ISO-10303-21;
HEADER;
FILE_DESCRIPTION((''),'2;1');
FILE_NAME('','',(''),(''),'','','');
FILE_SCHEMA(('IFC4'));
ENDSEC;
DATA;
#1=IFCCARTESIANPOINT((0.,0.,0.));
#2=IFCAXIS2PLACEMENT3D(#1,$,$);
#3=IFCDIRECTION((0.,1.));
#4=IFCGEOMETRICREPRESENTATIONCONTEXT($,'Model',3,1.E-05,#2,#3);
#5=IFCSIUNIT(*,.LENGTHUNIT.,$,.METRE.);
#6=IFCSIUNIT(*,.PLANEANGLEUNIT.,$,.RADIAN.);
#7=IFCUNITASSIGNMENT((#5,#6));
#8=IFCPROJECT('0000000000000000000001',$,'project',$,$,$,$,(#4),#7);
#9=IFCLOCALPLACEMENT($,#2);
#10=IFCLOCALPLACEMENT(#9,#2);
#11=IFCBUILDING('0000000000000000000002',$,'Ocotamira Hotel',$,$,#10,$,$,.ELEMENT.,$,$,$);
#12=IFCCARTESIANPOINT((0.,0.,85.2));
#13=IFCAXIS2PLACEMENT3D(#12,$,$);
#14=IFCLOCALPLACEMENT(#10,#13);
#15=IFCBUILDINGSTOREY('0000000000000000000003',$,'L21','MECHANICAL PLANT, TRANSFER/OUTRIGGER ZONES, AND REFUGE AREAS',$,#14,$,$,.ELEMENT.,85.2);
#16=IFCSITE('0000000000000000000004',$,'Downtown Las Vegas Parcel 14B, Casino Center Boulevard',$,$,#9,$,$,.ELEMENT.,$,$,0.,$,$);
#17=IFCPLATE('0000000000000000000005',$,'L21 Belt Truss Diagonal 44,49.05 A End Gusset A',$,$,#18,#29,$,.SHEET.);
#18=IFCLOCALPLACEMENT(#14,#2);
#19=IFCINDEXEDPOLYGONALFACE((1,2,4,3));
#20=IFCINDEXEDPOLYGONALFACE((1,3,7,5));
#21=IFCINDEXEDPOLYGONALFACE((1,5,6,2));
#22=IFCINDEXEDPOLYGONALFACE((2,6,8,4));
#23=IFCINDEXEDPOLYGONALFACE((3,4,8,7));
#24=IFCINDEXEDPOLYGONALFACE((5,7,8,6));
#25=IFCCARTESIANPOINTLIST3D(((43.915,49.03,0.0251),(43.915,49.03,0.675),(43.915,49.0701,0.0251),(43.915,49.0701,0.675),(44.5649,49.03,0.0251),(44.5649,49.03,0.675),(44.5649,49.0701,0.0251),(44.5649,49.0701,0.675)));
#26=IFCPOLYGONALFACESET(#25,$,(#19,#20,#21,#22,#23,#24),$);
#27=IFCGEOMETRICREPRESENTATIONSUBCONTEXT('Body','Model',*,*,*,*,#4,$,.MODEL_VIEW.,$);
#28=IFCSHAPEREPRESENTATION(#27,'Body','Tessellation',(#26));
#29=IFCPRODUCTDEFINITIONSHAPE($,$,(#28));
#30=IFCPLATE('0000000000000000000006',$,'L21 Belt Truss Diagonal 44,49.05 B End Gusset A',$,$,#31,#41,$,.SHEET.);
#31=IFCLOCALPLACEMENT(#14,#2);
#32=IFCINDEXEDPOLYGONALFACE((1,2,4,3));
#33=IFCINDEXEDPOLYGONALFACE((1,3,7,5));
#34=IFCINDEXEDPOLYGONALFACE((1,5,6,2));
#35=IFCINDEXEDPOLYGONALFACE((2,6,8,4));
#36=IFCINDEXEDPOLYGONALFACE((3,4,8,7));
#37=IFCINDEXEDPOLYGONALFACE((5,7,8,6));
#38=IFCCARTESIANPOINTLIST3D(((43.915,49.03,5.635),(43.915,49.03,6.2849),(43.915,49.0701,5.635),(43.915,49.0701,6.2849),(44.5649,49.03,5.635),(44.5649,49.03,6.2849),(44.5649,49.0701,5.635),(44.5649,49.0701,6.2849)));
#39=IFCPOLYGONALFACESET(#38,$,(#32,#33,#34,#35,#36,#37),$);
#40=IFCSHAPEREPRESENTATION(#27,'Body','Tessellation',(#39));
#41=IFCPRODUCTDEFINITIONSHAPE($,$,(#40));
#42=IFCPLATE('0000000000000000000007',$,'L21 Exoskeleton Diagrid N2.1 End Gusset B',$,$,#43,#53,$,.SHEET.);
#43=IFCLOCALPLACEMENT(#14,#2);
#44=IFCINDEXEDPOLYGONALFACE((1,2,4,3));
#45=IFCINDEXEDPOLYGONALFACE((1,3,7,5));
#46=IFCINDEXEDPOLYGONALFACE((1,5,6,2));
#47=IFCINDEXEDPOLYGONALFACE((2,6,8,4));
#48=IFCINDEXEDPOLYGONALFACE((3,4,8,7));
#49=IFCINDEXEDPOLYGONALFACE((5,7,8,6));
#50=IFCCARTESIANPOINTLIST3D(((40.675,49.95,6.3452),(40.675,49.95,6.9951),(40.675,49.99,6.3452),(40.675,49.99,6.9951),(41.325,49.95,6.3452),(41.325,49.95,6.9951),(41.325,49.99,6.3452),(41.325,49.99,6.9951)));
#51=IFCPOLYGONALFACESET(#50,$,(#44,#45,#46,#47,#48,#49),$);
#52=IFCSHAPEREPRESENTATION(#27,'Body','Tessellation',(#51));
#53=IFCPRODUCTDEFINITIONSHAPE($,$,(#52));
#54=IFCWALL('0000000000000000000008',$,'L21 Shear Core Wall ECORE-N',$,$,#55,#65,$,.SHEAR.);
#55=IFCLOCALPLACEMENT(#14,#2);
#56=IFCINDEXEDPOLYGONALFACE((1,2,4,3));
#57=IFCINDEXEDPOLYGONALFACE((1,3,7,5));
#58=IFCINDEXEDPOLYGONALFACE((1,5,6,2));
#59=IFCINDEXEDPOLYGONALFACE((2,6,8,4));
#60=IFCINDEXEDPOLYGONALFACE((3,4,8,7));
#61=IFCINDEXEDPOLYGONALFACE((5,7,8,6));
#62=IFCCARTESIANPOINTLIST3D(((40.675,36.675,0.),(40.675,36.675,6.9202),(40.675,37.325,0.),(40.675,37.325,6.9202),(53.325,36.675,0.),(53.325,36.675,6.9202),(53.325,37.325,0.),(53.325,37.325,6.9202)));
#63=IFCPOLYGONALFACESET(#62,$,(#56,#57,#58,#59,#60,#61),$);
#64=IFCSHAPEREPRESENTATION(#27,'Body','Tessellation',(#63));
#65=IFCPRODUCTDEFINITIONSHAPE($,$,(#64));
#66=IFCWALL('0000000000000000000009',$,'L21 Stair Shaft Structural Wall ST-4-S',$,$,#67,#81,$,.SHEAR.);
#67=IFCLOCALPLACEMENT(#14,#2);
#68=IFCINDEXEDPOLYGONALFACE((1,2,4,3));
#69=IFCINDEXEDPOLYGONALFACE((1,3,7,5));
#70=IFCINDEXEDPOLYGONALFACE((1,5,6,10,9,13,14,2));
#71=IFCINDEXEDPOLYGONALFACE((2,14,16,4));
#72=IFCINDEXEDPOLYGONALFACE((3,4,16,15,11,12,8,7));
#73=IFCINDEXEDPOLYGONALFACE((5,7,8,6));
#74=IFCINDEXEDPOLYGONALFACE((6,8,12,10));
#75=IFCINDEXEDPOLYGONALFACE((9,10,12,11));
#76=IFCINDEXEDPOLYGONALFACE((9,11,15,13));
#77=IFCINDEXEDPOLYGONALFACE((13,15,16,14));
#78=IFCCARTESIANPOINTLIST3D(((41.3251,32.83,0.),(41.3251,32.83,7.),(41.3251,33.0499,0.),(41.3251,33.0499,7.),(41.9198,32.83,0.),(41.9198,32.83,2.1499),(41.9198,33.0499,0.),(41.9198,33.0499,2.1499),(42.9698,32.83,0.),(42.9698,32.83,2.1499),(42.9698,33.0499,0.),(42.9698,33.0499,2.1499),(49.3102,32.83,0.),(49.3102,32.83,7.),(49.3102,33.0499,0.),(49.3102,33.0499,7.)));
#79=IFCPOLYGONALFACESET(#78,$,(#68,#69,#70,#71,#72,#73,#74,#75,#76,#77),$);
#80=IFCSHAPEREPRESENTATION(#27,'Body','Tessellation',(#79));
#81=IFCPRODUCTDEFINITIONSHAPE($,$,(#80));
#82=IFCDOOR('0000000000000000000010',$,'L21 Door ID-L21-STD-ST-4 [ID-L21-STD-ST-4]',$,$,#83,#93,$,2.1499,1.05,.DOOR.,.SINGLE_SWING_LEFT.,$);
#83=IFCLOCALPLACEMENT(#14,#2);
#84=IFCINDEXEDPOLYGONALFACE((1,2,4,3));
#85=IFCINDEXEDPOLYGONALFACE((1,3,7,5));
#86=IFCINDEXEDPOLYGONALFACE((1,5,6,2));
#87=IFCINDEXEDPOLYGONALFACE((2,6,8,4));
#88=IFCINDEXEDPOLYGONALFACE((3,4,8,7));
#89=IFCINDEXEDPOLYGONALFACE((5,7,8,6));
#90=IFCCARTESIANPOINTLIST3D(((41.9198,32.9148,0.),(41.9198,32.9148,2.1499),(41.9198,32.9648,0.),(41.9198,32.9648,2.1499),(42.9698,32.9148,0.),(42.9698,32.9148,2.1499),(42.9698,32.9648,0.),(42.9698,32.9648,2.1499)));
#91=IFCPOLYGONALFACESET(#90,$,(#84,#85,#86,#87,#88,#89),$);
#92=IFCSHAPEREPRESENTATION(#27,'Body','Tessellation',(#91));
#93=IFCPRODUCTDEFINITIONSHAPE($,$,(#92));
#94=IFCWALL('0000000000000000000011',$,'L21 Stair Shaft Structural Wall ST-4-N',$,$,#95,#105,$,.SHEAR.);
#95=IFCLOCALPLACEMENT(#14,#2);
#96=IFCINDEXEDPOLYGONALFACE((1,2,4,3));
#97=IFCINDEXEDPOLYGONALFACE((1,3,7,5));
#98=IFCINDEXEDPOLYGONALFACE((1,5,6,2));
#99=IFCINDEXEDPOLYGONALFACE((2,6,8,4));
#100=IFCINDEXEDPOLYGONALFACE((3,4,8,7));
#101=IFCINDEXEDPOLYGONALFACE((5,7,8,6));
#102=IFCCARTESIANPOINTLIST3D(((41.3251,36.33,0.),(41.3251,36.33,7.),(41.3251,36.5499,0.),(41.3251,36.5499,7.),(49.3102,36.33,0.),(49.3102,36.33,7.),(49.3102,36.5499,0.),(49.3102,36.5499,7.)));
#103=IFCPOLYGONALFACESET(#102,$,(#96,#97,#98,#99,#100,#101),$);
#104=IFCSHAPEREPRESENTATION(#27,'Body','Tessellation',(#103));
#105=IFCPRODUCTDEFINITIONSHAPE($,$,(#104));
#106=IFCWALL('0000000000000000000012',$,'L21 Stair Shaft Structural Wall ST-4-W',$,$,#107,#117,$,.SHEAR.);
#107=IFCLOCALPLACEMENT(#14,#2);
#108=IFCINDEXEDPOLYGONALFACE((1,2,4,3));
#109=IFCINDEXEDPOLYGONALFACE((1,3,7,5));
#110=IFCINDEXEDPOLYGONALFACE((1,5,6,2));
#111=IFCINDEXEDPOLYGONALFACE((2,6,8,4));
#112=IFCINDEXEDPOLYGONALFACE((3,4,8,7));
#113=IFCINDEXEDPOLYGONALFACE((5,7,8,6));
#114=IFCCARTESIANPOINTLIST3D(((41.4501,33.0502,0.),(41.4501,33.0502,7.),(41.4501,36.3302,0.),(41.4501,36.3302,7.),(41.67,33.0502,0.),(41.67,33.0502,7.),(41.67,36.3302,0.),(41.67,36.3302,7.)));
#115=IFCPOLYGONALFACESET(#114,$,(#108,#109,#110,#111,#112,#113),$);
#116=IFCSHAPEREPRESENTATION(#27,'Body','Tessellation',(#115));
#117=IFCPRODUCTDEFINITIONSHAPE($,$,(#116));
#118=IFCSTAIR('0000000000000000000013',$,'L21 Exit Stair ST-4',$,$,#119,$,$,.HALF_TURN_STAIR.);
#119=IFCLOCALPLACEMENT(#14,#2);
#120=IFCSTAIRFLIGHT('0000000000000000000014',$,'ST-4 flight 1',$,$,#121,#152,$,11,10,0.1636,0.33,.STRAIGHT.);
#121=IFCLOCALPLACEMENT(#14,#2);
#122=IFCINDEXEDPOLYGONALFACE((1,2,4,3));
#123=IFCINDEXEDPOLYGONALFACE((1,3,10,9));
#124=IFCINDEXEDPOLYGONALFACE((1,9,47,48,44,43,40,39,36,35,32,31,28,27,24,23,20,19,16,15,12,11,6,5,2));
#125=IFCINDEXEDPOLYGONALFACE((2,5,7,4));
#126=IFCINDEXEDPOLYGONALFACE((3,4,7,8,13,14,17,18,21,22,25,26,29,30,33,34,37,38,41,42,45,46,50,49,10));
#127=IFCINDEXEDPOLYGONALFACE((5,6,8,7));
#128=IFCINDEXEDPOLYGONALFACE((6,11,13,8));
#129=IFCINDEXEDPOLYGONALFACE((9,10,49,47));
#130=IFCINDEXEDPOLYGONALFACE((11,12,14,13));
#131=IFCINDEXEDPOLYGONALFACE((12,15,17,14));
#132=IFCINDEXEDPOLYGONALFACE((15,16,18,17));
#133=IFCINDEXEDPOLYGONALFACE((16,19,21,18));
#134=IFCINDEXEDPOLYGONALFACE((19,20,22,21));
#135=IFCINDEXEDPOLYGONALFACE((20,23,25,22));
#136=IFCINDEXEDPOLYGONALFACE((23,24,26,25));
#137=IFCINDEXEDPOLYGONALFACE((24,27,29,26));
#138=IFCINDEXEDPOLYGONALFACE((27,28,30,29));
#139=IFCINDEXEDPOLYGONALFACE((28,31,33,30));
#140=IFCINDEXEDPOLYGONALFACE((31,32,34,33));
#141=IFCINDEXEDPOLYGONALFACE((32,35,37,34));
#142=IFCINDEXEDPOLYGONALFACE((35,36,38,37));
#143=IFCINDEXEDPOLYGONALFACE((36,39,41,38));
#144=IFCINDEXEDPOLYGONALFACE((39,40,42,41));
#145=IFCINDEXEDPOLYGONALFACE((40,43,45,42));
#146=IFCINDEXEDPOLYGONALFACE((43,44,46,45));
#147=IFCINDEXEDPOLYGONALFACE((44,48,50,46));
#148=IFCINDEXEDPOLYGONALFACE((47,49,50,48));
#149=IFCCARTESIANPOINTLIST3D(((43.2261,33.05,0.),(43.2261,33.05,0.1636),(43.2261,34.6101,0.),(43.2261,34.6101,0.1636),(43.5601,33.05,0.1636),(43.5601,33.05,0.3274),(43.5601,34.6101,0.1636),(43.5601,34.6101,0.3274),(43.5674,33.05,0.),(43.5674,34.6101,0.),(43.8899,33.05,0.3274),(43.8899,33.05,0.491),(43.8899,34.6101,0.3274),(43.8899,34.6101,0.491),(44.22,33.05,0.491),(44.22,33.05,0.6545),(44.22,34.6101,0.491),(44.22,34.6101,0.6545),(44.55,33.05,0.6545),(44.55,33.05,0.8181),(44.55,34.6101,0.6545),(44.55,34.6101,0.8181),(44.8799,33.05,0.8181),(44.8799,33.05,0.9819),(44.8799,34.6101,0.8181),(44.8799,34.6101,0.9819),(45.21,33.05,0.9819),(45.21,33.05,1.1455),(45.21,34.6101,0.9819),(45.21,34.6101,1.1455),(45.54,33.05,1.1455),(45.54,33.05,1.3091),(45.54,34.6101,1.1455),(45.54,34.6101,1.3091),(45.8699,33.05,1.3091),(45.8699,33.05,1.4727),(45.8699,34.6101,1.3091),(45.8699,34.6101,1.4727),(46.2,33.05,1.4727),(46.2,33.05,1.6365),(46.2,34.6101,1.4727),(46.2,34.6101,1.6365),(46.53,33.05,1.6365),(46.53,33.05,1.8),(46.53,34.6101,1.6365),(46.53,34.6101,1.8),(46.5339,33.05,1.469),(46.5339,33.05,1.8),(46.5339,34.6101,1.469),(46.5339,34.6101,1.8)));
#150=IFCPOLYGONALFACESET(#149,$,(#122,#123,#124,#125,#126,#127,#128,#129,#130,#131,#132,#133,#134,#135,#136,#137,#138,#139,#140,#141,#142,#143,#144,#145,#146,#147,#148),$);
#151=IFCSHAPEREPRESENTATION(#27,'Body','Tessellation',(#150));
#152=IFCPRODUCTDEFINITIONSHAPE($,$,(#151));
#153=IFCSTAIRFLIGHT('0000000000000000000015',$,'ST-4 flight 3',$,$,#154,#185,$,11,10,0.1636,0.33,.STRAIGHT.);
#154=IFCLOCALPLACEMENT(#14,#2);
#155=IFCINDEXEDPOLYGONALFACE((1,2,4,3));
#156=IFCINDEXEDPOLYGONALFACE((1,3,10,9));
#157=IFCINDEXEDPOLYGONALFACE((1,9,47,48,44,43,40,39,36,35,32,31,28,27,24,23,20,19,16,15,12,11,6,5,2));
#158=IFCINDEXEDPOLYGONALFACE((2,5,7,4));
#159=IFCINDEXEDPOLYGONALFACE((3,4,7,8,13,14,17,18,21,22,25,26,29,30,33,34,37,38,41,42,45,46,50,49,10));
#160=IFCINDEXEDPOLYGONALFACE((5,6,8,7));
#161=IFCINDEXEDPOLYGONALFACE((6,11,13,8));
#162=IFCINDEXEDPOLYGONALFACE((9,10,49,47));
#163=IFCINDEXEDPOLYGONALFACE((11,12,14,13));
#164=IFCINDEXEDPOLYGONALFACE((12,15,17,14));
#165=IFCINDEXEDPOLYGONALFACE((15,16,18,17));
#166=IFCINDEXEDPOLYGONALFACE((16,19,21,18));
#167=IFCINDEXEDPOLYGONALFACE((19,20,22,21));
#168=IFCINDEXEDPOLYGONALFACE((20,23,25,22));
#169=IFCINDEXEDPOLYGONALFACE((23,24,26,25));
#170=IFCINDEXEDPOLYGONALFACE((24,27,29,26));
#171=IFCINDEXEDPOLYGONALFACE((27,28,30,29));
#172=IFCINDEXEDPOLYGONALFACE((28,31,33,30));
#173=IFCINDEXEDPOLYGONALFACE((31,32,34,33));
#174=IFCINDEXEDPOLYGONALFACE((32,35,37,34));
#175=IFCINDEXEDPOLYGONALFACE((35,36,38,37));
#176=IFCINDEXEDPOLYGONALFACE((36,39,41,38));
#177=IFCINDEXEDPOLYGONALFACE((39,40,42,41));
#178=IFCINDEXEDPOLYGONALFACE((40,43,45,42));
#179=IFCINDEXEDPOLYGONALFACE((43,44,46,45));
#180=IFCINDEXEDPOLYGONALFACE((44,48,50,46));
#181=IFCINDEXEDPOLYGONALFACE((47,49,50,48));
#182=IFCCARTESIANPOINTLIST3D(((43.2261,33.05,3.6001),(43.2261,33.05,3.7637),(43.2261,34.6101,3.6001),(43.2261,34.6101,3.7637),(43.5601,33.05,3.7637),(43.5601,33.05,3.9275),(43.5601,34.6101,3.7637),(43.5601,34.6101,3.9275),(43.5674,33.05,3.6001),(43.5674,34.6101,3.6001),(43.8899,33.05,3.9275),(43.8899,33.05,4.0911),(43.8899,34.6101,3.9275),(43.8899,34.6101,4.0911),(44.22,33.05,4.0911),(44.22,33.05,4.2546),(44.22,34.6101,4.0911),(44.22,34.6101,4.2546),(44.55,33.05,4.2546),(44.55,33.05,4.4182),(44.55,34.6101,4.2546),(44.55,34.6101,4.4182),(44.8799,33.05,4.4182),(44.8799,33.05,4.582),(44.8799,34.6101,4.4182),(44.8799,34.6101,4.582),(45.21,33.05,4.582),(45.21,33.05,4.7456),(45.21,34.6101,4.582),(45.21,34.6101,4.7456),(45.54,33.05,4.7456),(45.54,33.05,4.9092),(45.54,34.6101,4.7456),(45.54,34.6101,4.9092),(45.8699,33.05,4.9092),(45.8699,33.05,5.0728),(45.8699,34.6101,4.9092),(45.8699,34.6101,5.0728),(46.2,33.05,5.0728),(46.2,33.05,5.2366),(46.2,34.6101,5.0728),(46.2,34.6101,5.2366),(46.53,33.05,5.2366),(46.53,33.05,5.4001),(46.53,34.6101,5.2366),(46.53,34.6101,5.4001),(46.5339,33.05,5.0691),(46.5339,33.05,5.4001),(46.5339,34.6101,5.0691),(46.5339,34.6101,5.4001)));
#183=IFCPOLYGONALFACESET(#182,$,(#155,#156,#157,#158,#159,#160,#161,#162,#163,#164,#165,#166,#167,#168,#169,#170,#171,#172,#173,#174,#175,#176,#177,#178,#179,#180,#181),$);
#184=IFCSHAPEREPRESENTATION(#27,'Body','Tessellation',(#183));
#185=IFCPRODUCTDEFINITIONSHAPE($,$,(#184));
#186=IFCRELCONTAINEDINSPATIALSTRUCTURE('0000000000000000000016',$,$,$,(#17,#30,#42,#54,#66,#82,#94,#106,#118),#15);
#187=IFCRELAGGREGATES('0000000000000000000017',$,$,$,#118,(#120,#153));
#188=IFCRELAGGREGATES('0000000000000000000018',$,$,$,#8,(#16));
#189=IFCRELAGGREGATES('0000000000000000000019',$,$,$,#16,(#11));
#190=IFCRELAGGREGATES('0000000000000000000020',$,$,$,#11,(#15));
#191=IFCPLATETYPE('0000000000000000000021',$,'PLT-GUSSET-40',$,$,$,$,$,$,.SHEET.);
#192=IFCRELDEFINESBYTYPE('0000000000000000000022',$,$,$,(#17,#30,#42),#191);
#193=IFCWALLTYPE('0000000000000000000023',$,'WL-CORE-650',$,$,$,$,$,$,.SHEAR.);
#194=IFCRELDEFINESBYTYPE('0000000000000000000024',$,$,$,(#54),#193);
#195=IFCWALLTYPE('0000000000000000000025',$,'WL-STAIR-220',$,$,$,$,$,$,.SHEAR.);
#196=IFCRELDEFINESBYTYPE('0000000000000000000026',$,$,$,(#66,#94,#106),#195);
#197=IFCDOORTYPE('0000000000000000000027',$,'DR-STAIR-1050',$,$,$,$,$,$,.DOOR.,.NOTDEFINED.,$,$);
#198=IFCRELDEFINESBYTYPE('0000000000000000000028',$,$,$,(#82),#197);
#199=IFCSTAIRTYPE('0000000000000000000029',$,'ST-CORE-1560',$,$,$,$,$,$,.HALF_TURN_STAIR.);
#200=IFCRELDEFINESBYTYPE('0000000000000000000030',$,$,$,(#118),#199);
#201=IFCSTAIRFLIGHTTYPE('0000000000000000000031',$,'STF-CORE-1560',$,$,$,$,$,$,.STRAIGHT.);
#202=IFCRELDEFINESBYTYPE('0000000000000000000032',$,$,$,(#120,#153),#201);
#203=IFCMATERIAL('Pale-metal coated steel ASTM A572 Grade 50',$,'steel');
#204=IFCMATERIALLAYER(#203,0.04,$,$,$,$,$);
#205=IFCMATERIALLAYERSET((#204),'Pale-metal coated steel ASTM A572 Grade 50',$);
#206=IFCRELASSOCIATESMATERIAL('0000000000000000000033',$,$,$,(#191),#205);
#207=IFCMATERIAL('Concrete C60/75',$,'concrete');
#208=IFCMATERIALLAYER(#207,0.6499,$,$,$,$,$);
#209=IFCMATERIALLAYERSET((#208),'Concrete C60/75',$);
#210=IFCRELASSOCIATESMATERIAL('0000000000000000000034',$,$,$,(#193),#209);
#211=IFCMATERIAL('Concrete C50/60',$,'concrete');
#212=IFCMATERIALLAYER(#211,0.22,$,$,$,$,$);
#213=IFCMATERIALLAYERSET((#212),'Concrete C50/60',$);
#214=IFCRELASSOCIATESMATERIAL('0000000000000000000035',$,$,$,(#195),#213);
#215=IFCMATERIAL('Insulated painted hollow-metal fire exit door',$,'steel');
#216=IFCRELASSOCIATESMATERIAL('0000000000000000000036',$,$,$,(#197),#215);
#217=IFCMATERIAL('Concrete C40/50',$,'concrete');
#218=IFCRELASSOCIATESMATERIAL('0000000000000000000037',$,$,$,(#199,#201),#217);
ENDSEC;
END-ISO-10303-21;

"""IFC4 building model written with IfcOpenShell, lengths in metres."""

from ifc_helpers import new_model, si_unit, direction, frame, frame_2d, origin, origin_2d, place, context, subcontext, project, spatial, polyline, rectangle, outline, extrude, source, transform, mapped, material, layer, layer_set, type_object, element, fill, aggregate, save


model = new_model("IFC4")

# Units and contexts
model_context = context("Model", 3, precision=1e-05, world=origin(), true_north=direction((0.0, 1.0)))
body_context = subcontext(model_context, "Body", "Model", "MODEL_VIEW")
ifc_project = project(units=[si_unit("LENGTHUNIT", "METRE"), si_unit("PLANEANGLEUNIT", "RADIAN")], contexts=[model_context])

# Site, building, storey
site_placement = place(None, origin())
site = spatial("IfcSite", under=ifc_project, at=site_placement, Name="Downtown Las Vegas Parcel 14B, Casino Center Boulevard", CompositionType="ELEMENT", RefElevation=0.0)
building_placement = place(site_placement, origin())
building = spatial("IfcBuilding", under=site, at=building_placement, Name="Ocotamira Hotel", CompositionType="ELEMENT")
storey_placement = place(building_placement, frame((0.0, 0.0, 85.2)))
storey = spatial("IfcBuildingStorey", under=building, at=storey_placement, Name="L21", Description="MECHANICAL PLANT, TRANSFER/OUTRIGGER ZONES, AND REFUGE AREAS", CompositionType="ELEMENT", Elevation=85.2)

# Shared definitions
ifc_material_1 = material(Name="Concrete C60/75", Category="concrete")

# Plates
ifc_material_2 = material(Name="Pale-metal coated steel ASTM A572 Grade 50", Category="steel")
ifc_layer_1 = layer(ifc_material_2, 0.04)
ifc_layer_set_1 = layer_set([ifc_layer_1], Name="Pale-metal coated steel ASTM A572 Grade 50")
plate_type = type_object("IfcPlateType", Name="PLT-GUSSET-40", PredefinedType="SHEET", material=ifc_layer_set_1)
shared_shape_1 = source(origin(), body_context, "Body", "SweptSolid", [
    extrude(rectangle(XDim=0.6499, YDim=0.04, at=origin_2d()), origin(), (0.0, 0.0, 1.0), 0.6499),
])
for number, where, z_axis, x_axis, name in (
    (1, (44.24, 49.05, 0.0251), (0.0, 0.0, 1.0), (1.0, 0.0, 0.0), "L21 Belt Truss Diagonal 44,49.05 A End Gusset A"),
    (2, (44.24, 49.05, 5.635), (0.0, 0.0, 1.0), (1.0, 0.0, 0.0), "L21 Belt Truss Diagonal 44,49.05 B End Gusset A"),
    (3, (41.0, 49.97, 6.3452), (0.0, 0.0, 1.0), (1.0, 0.0, 0.0), "L21 Exoskeleton Diagrid N2.1 End Gusset B"),
):
    element("IfcPlate", number, at=place(storey_placement, frame(where, z_axis=z_axis, x_axis=x_axis)), inside=storey, type_object=plate_type, Name=name, PredefinedType="SHEET", context=body_context, shape_type="MappedRepresentation", body=[
        mapped(shared_shape_1, transform((0.0, 0.0, 0.0), scale=1.0)),
    ])

# Wall
ifc_layer_2 = layer(ifc_material_1, 0.6499)
ifc_layer_set_2 = layer_set([ifc_layer_2], Name="Concrete C60/75")
wall_type_1 = type_object("IfcWallType", Name="WL-CORE-650", PredefinedType="SHEAR", material=ifc_layer_set_2)
wall_1_placement = place(storey_placement, frame((40.675, 37.0, 0.0), z_axis=(0.0, 0.0, 1.0), x_axis=(1.0, 0.0, 0.0)))
element("IfcWall", 4, at=wall_1_placement, inside=storey, type_object=wall_type_1, Name="L21 Shear Core Wall ECORE-N", PredefinedType="SHEAR", context=body_context, shape_type="SweptSolid", body=[
    extrude(rectangle(XDim=12.6499, YDim=0.6499, at=frame_2d((6.325, 0.0))), origin(), (0.0, 0.0, 1.0), 6.9202),
])

# Wall, opening, door
ifc_material_3 = material(Name="Concrete C50/60", Category="concrete")
ifc_layer_3 = layer(ifc_material_3, 0.22)
ifc_layer_set_3 = layer_set([ifc_layer_3], Name="Concrete C50/60")
wall_type_2 = type_object("IfcWallType", Name="WL-STAIR-220", PredefinedType="SHEAR", material=ifc_layer_set_3)
wall_2_placement = place(storey_placement, frame((41.325, 32.9399, 0.0), z_axis=(0.0, 0.0, 1.0), x_axis=(1.0, 0.0, 0.0)))
wall_2 = element("IfcWall", 5, at=wall_2_placement, inside=storey, type_object=wall_type_2, Name="L21 Stair Shaft Structural Wall ST-4-S", PredefinedType="SHEAR", context=body_context, shape_type="SweptSolid", body=[
    extrude(rectangle(XDim=7.9851, YDim=0.22, at=frame_2d((3.9927, 0.0))), origin(), (0.0, 0.0, 1.0), 7.0),
])
opening_placement = place(wall_2_placement, frame((0.595, 0.0, 0.0)))
opening = element("IfcOpeningElement", 6, at=opening_placement, cuts=wall_2, PredefinedType="OPENING", context=body_context, shape_type="SweptSolid", body=[
    extrude(rectangle(XDim=1.05, YDim=2.1499, at=frame_2d((0.5249, 1.075))), frame((0.0, 0.1201, 0.0), z_axis=(0.0, -1.0, 0.0), x_axis=(1.0, 0.0, 0.0)), (0.0, 0.0, 1.0), 0.24),
])
ifc_material_4 = material(Name="Insulated painted hollow-metal fire exit door", Category="steel")
door_type = type_object("IfcDoorType", Name="DR-STAIR-1050", OperationType="NOTDEFINED", PredefinedType="DOOR", material=ifc_material_4)
shared_shape_2 = source(origin(), body_context, "Body", "SweptSolid", [
    extrude(rectangle(XDim=1.05, YDim=2.1499, at=frame_2d((0.5249, 1.075))), frame((0.0, 0.0249, 0.0), z_axis=(0.0, -1.0, 0.0), x_axis=(1.0, 0.0, 0.0)), (0.0, 0.0, 1.0), 0.05),
])
door_placement = place(opening_placement, origin())
door = element("IfcDoor", 7, at=door_placement, inside=storey, type_object=door_type, Name="L21 Door ID-L21-STD-ST-4 [ID-L21-STD-ST-4]", OperationType="SINGLE_SWING_LEFT", OverallHeight=2.1499, OverallWidth=1.05, PredefinedType="DOOR", context=body_context, shape_type="MappedRepresentation", body=[
    mapped(shared_shape_2, transform((0.0, 0.0, 0.0), scale=1.0)),
])
fill(opening, door)

# Walls
wall_3_placement = place(storey_placement, frame((41.325, 36.4399, 0.0), z_axis=(0.0, 0.0, 1.0), x_axis=(1.0, 0.0, 0.0)))
element("IfcWall", 8, at=wall_3_placement, inside=storey, type_object=wall_type_2, Name="L21 Stair Shaft Structural Wall ST-4-N", PredefinedType="SHEAR", context=body_context, shape_type="SweptSolid", body=[
    extrude(rectangle(XDim=7.9851, YDim=0.22, at=frame_2d((3.9927, 0.0))), origin(), (0.0, 0.0, 1.0), 7.0),
])
wall_4_placement = place(storey_placement, frame((41.5601, 33.05, 0.0), z_axis=(0.0, 0.0, 1.0), x_axis=(0.0, 1.0, 0.0)))
element("IfcWall", 9, at=wall_4_placement, inside=storey, type_object=wall_type_2, Name="L21 Stair Shaft Structural Wall ST-4-W", PredefinedType="SHEAR", context=body_context, shape_type="SweptSolid", body=[
    extrude(rectangle(XDim=3.28, YDim=0.22, at=frame_2d((1.6401, 0.0))), origin(), (0.0, 0.0, 1.0), 7.0),
])

# Stair, stair flights
ifc_material_5 = material(Name="Concrete C40/50", Category="concrete")
stair_type = type_object("IfcStairType", Name="ST-CORE-1560", PredefinedType="HALF_TURN_STAIR", material=ifc_material_5)
stair_placement = place(storey_placement, origin())
stair = element("IfcStair", 10, at=stair_placement, inside=storey, type_object=stair_type, Name="L21 Exit Stair ST-4", PredefinedType="HALF_TURN_STAIR")
stair_flight_type = type_object("IfcStairFlightType", Name="STF-CORE-1560", PredefinedType="STRAIGHT", material=ifc_material_5)
shared_shape_3 = source(origin(), body_context, "Body", "SweptSolid", [
    extrude(outline(polyline([(-0.0039, 0.0), (-0.0039, 0.1636), (0.3301, 0.1636), (0.3301, 0.3274), (0.6599, 0.3274), (0.6599, 0.491), (0.99, 0.491), (0.99, 0.6545), (1.3201, 0.6545), (1.3201, 0.8181), (1.6499, 0.8181), (1.6499, 0.9819), (1.98, 0.9819), (1.98, 1.1455), (2.3101, 1.1455), (2.3101, 1.3091), (2.6399, 1.3091), (2.6399, 1.4727), (2.97, 1.4727), (2.97, 1.6365), (3.3, 1.6365), (3.3, 1.8), (3.304, 1.8), (3.304, 1.469), (0.3374, 0.0), (-0.0039, 0.0)])), frame((0.0, 0.78, 0.0), z_axis=(0.0, -1.0, 0.0), x_axis=(1.0, 0.0, 0.0)), (0.0, 0.0, 1.0), 1.5601),
])
stair_flight_1_placement = place(storey_placement, frame((43.23, 33.8301, 0.0), z_axis=(0.0, 0.0, 1.0), x_axis=(1.0, 0.0, 0.0)))
stair_flight_1 = element("IfcStairFlight", 11, at=stair_flight_1_placement, type_object=stair_flight_type, Name="ST-4 flight 1", NumberOfRisers=11, NumberOfTreads=10, PredefinedType="STRAIGHT", RiserHeight=0.1636, TreadLength=0.33, context=body_context, shape_type="MappedRepresentation", body=[
    mapped(shared_shape_3, transform((0.0, 0.0, 0.0), scale=1.0)),
])
stair_flight_2_placement = place(storey_placement, frame((43.23, 33.8301, 3.6001), z_axis=(0.0, 0.0, 1.0), x_axis=(1.0, 0.0, 0.0)))
stair_flight_2 = element("IfcStairFlight", 12, at=stair_flight_2_placement, type_object=stair_flight_type, Name="ST-4 flight 3", NumberOfRisers=11, NumberOfTreads=10, PredefinedType="STRAIGHT", RiserHeight=0.1636, TreadLength=0.33, context=body_context, shape_type="MappedRepresentation", body=[
    mapped(shared_shape_3, transform((0.0, 0.0, 0.0), scale=1.0)),
])
aggregate(stair, [stair_flight_1, stair_flight_2])

save(model, "model.ifc")
